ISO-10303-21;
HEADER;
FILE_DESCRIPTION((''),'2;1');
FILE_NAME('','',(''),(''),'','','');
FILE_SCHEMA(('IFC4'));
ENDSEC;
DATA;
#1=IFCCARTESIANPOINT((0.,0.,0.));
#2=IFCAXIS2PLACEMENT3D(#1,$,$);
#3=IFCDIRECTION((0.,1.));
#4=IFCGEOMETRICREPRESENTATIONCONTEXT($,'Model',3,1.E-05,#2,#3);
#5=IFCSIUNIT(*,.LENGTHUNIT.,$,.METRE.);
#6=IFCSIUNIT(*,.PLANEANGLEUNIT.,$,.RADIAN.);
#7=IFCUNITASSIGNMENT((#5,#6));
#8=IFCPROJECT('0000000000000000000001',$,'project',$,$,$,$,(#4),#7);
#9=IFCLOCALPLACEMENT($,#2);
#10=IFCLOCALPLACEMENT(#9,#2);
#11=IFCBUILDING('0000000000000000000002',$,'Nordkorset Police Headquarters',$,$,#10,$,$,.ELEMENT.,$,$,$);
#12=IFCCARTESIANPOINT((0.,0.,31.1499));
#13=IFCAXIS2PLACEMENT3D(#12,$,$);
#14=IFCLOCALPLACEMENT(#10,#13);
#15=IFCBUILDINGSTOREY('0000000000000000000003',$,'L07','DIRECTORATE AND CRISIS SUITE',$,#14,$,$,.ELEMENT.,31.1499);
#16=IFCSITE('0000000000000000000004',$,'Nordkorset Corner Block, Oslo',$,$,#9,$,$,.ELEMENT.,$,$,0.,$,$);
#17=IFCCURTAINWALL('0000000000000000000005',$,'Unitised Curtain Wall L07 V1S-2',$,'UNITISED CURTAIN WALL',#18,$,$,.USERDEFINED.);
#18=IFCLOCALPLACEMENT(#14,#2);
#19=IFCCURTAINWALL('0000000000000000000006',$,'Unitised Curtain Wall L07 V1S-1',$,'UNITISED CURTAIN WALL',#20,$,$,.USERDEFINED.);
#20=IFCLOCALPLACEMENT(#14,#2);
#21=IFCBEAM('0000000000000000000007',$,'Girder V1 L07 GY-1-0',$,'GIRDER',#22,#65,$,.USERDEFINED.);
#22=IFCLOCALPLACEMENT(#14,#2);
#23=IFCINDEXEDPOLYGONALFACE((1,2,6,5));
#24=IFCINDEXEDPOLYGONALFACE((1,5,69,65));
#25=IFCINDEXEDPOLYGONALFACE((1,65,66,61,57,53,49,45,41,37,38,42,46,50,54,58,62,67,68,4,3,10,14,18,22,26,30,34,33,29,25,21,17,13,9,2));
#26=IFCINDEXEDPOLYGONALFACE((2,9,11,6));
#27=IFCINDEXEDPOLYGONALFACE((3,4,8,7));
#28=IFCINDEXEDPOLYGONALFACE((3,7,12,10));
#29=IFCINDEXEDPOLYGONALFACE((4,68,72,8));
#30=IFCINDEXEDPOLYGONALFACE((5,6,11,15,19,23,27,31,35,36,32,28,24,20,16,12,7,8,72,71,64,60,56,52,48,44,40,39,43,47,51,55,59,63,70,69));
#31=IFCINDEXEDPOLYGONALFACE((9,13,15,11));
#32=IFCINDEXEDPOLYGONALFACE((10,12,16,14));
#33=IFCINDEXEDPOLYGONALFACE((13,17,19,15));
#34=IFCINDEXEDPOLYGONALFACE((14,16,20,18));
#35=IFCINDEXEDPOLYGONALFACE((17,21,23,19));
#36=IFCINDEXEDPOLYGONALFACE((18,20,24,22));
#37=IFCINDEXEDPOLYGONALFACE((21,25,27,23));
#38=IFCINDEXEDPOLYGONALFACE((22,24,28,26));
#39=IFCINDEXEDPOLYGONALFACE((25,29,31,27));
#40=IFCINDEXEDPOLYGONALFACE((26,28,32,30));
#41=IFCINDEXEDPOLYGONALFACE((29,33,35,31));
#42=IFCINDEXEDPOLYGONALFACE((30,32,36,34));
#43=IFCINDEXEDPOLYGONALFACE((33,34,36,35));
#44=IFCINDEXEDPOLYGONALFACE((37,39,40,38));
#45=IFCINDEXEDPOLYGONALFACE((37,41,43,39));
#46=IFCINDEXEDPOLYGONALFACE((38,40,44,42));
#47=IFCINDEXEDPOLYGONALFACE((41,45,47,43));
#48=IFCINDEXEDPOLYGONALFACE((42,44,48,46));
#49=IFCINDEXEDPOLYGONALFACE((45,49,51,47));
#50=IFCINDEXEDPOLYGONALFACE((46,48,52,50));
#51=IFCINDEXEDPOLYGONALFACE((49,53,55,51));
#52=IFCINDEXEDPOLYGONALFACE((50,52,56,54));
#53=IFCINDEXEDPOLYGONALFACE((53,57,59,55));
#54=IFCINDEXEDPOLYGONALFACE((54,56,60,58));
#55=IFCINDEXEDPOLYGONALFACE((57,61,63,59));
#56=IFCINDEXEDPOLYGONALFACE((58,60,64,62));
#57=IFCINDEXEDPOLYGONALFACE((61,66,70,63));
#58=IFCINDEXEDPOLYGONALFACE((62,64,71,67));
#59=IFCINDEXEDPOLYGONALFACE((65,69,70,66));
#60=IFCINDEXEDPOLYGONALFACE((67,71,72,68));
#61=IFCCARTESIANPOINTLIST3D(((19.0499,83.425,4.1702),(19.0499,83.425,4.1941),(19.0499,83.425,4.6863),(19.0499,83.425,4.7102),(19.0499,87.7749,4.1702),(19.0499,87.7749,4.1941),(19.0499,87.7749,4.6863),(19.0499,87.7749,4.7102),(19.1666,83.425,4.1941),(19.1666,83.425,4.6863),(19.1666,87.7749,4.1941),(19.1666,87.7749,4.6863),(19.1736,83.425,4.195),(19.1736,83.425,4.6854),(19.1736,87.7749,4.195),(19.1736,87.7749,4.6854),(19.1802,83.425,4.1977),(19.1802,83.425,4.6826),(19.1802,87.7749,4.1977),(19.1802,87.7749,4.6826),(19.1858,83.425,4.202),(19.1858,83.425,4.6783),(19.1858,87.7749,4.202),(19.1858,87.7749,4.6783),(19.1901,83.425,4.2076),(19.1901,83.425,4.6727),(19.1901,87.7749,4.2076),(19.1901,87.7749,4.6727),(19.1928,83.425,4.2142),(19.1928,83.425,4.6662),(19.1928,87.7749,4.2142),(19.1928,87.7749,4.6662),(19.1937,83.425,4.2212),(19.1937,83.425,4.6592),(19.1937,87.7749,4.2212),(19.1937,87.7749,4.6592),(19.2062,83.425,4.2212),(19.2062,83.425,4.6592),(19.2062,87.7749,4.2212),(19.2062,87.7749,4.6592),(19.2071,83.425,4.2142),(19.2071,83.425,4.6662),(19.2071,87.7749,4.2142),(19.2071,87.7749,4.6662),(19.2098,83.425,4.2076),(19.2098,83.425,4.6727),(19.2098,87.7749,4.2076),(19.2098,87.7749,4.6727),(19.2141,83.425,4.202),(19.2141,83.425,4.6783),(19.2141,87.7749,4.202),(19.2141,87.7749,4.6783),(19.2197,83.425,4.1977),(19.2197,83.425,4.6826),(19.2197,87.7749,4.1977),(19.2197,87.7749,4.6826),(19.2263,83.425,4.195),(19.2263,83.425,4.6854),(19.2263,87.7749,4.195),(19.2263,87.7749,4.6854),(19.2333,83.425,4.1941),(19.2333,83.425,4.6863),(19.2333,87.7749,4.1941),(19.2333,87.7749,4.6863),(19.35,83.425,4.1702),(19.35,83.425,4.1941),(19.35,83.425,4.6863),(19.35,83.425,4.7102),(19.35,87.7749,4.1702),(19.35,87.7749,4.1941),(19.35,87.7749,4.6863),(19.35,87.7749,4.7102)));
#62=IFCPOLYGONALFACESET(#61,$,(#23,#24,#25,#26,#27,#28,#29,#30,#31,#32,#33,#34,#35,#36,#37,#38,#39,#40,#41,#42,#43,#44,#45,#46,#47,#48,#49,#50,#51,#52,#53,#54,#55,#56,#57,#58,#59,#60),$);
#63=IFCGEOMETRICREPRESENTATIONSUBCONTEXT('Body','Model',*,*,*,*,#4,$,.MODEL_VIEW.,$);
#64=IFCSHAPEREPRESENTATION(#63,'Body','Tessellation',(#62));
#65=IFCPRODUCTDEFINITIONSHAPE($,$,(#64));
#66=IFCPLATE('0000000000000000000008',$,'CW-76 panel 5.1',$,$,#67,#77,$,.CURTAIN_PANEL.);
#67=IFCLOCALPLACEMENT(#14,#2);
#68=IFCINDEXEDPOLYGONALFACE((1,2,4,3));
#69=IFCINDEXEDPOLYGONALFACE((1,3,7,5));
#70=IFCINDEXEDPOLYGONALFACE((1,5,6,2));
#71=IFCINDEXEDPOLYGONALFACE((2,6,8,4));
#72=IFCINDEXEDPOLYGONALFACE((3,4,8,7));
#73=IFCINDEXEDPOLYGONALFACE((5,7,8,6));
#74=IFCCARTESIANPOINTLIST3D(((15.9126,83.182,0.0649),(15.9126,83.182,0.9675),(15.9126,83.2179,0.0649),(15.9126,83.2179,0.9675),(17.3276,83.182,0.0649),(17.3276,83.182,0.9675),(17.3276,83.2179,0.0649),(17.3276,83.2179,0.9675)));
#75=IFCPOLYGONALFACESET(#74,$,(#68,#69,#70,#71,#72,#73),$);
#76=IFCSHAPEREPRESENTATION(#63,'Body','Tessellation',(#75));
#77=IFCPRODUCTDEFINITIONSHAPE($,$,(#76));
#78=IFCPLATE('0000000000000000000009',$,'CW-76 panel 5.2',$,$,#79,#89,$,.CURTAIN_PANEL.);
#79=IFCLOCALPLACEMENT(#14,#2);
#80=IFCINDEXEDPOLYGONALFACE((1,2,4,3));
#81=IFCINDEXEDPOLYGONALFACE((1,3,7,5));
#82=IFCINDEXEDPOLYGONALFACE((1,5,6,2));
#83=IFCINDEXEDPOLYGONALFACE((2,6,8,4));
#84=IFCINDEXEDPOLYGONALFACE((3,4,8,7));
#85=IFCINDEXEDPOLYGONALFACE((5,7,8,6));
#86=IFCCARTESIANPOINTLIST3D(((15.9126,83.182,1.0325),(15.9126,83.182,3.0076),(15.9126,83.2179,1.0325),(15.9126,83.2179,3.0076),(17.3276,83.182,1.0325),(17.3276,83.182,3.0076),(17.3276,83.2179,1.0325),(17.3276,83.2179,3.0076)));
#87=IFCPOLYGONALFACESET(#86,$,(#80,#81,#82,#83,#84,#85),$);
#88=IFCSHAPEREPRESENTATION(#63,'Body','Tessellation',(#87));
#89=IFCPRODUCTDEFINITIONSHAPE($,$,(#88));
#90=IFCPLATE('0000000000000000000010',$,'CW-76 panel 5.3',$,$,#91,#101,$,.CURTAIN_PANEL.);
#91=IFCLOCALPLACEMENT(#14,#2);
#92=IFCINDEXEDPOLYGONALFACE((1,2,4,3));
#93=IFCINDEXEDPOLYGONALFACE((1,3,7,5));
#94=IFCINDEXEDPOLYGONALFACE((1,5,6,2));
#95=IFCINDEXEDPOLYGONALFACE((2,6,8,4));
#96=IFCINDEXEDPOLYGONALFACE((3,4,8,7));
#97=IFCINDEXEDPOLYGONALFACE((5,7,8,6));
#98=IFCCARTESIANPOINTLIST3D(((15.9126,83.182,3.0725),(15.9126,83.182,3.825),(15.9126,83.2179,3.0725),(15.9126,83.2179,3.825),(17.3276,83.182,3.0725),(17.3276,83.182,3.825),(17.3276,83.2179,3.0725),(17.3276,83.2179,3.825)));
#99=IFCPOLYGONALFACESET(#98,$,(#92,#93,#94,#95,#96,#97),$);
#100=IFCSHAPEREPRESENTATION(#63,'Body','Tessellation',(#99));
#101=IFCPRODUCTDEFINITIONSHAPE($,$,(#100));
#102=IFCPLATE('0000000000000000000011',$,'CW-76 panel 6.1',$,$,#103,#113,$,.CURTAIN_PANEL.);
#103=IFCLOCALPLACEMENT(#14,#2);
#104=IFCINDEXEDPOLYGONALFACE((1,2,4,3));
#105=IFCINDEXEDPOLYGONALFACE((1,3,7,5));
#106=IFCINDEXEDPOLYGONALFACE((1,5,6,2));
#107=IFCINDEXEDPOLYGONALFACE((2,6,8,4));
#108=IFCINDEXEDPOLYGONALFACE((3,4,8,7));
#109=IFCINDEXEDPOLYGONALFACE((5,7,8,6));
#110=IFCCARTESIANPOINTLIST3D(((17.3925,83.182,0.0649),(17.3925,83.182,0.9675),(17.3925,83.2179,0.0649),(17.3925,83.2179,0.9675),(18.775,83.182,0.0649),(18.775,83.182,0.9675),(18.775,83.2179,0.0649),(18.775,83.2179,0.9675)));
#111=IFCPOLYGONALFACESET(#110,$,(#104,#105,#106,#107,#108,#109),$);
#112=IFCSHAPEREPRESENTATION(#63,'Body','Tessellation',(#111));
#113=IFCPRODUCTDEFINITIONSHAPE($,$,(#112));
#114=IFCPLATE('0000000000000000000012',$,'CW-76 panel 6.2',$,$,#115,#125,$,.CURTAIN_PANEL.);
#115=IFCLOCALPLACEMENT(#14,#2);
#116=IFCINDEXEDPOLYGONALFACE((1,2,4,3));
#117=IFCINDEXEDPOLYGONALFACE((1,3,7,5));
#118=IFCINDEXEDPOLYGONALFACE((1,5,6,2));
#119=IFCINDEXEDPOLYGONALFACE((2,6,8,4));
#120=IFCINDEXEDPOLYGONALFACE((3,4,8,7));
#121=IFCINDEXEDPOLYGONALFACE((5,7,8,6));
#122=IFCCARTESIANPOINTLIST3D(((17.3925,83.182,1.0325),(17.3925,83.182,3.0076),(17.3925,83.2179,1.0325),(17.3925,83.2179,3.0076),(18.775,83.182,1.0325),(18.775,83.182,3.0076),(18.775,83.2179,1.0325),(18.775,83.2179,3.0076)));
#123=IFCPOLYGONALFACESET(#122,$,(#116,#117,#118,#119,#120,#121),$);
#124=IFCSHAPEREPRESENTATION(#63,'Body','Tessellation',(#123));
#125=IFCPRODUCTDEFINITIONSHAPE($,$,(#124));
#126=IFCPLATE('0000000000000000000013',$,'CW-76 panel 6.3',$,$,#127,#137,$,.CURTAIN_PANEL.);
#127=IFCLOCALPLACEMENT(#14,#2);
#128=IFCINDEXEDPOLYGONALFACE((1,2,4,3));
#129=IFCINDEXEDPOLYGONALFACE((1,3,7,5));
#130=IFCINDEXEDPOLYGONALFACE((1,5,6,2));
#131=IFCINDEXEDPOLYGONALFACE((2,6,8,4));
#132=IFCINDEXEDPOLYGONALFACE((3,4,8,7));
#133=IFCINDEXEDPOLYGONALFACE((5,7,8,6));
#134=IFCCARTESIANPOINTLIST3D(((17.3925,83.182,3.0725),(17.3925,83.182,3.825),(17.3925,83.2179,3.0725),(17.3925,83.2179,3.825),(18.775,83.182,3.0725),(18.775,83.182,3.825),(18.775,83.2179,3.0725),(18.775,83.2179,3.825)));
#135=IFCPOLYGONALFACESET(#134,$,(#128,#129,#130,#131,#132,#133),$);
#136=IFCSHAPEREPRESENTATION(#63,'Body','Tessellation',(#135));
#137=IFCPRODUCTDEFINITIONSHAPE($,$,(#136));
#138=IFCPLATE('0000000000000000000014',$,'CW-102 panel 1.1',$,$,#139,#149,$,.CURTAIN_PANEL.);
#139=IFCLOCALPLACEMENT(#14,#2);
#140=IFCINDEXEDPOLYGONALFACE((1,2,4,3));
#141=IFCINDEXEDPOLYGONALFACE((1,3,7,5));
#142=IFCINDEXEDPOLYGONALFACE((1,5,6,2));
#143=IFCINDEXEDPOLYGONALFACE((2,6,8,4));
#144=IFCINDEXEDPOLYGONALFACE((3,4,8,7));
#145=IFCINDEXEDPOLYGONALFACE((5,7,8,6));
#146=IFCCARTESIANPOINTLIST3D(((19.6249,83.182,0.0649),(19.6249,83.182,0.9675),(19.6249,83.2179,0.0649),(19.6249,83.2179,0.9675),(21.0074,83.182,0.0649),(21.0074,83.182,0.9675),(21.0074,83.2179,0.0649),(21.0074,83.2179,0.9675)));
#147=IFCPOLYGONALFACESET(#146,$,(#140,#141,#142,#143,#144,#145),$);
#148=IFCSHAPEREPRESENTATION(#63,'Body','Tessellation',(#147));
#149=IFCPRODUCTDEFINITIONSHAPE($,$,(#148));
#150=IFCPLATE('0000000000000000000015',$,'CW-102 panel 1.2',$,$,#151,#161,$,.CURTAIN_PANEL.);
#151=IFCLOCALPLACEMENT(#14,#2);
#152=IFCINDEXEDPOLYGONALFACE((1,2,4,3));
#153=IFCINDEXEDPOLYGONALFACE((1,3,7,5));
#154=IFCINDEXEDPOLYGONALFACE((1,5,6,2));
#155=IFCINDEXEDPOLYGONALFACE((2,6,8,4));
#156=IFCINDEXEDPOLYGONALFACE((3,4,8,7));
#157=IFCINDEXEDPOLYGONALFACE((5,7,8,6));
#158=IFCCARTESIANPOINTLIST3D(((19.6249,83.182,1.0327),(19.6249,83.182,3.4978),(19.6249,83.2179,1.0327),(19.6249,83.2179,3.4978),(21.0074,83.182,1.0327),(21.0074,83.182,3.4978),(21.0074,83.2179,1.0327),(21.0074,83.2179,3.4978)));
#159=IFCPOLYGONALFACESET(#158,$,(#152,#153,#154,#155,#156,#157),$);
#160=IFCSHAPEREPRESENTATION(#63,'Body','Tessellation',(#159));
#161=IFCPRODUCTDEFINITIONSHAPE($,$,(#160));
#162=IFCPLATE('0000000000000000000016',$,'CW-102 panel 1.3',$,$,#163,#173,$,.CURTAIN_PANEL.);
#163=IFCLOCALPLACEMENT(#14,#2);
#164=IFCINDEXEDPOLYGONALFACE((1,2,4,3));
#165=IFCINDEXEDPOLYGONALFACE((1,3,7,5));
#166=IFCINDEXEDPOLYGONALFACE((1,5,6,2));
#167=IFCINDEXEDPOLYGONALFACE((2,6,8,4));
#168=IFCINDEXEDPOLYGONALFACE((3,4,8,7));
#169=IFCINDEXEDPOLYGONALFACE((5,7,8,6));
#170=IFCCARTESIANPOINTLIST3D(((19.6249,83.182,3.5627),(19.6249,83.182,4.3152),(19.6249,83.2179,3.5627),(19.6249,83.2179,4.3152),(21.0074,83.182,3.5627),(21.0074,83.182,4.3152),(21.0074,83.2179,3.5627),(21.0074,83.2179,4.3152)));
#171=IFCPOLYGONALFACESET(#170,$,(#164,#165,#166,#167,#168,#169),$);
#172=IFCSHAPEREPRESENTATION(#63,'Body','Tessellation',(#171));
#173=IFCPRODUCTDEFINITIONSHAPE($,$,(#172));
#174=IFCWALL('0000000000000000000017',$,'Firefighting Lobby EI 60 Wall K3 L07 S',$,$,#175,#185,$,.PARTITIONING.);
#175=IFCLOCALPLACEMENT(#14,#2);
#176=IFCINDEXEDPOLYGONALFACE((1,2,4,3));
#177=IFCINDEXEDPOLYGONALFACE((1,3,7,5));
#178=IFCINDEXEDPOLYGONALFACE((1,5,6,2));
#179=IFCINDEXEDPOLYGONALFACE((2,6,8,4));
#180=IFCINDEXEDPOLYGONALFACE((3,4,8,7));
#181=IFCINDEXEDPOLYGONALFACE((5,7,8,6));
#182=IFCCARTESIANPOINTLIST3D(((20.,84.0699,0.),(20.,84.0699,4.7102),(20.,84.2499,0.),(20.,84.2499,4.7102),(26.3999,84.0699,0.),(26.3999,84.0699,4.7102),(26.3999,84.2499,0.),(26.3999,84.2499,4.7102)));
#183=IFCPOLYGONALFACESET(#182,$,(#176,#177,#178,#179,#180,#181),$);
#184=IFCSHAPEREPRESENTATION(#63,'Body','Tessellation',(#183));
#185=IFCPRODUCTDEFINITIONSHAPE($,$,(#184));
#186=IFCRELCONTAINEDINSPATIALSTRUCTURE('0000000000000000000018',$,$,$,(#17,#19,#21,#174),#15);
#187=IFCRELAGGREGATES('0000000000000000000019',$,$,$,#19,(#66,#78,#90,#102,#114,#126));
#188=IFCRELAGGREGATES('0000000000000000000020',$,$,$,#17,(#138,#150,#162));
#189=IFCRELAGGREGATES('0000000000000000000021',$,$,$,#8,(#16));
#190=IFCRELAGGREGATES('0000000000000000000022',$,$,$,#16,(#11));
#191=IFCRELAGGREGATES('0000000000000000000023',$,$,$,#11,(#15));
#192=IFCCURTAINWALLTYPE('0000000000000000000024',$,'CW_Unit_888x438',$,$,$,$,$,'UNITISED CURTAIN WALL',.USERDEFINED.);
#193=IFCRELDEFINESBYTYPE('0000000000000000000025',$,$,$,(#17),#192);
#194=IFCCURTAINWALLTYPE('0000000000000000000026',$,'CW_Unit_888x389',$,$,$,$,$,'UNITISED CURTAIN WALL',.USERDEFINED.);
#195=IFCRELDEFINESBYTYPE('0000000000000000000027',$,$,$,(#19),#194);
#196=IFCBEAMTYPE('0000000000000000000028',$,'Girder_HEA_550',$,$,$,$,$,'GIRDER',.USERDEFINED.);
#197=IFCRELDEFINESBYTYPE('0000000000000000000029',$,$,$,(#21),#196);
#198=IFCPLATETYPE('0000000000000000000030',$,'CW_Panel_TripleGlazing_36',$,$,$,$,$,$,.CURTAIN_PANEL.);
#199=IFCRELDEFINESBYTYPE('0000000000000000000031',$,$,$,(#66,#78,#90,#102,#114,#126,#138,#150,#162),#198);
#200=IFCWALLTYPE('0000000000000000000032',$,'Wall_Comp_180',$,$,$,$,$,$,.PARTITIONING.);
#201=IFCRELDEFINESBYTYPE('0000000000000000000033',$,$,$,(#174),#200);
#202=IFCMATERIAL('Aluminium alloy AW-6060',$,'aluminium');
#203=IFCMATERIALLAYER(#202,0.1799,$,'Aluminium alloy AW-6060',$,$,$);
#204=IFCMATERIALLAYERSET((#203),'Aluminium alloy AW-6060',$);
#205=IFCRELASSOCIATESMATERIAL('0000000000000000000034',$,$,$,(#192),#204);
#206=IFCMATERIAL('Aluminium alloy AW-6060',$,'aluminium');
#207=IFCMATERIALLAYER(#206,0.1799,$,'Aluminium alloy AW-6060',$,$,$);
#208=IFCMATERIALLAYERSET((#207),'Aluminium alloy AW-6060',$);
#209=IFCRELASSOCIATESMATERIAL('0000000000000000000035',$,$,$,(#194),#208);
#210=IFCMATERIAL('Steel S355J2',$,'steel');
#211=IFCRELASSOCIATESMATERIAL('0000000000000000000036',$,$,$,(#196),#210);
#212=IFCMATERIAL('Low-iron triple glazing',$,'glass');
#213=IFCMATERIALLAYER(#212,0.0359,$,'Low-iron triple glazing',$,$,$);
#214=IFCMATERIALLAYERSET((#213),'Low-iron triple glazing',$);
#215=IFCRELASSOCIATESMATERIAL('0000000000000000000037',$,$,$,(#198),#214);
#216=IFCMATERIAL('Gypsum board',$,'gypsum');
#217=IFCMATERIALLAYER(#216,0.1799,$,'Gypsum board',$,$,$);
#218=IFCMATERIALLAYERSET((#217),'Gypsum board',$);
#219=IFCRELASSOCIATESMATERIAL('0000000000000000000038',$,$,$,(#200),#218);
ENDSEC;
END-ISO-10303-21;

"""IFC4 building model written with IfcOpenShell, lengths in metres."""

from ifc_helpers import new_model, si_unit, direction, frame, frame_2d, origin, origin_2d, place, context, subcontext, project, spatial, rectangle, i_section, extrude, material, layer, layer_set, material_profile, profile_set, type_object, element, aggregate, save


model = new_model("IFC4")

# Units and contexts
model_context = context("Model", 3, precision=1e-05, world=origin(), true_north=direction((0.0, 1.0)))
body_context = subcontext(model_context, "Body", "Model", "MODEL_VIEW")
ifc_project = project(units=[si_unit("LENGTHUNIT", "METRE"), si_unit("PLANEANGLEUNIT", "RADIAN")], contexts=[model_context])

# Site, building, storey
site_placement = place(None, origin())
site = spatial("IfcSite", under=ifc_project, at=site_placement, Name="Nordkorset Corner Block, Oslo", CompositionType="ELEMENT", RefElevation=0.0)
building_placement = place(site_placement, origin())
building = spatial("IfcBuilding", under=site, at=building_placement, Name="Nordkorset Police Headquarters", CompositionType="ELEMENT")
storey_placement = place(building_placement, frame((0.0, 0.0, 31.1499)))
storey = spatial("IfcBuildingStorey", under=building, at=storey_placement, Name="L07", Description="DIRECTORATE AND CRISIS SUITE", CompositionType="ELEMENT", Elevation=31.1499)

# Curtain walls
ifc_material_1 = material(Name="Aluminium alloy AW-6060", Category="aluminium")
ifc_layer_1 = layer(ifc_material_1, 0.1799, Name="Aluminium alloy AW-6060")
ifc_layer_set_1 = layer_set([ifc_layer_1], Name="Aluminium alloy AW-6060")
curtain_wall_type_1 = type_object("IfcCurtainWallType", Name="CW_Unit_888x438", ElementType="UNITISED CURTAIN WALL", PredefinedType="USERDEFINED", material=ifc_layer_set_1)
curtain_wall_1_placement = place(storey_placement, origin())
curtain_wall_1 = element("IfcCurtainWall", 1, at=curtain_wall_1_placement, inside=storey, type_object=curtain_wall_type_1, Name="Unitised Curtain Wall L07 V1S-2", ObjectType="UNITISED CURTAIN WALL", PredefinedType="USERDEFINED")
ifc_material_2 = material(Name="Aluminium alloy AW-6060", Category="aluminium")
ifc_layer_2 = layer(ifc_material_2, 0.1799, Name="Aluminium alloy AW-6060")
ifc_layer_set_2 = layer_set([ifc_layer_2], Name="Aluminium alloy AW-6060")
curtain_wall_type_2 = type_object("IfcCurtainWallType", Name="CW_Unit_888x389", ElementType="UNITISED CURTAIN WALL", PredefinedType="USERDEFINED", material=ifc_layer_set_2)
curtain_wall_2_placement = place(storey_placement, origin())
curtain_wall_2 = element("IfcCurtainWall", 2, at=curtain_wall_2_placement, inside=storey, type_object=curtain_wall_type_2, Name="Unitised Curtain Wall L07 V1S-1", ObjectType="UNITISED CURTAIN WALL", PredefinedType="USERDEFINED")

# Beam
ifc_material_3 = material(Name="Steel S355J2", Category="steel")
ifc_material_profile_1 = material_profile(ifc_material_3, i_section(OverallWidth=0.3, OverallDepth=0.54, WebThickness=0.0125, FlangeThickness=0.0239, FilletRadius=0.0271, at=origin_2d()), Name="HEA 550")
ifc_profile_set_1 = profile_set([ifc_material_profile_1], Name="Steel S355J2")
beam_type = type_object("IfcBeamType", Name="Girder_HEA_550", ElementType="GIRDER", PredefinedType="USERDEFINED", material=ifc_profile_set_1)
beam_placement = place(storey_placement, frame((19.2, 83.425, 4.4402), z_axis=(0.0, 1.0, 0.0), x_axis=(-1.0, 0.0, 0.0)))
element("IfcBeam", 3, at=beam_placement, inside=storey, type_object=beam_type, Name="Girder V1 L07 GY-1-0", ObjectType="GIRDER", PredefinedType="USERDEFINED", context=body_context, shape_type="SweptSolid", body=[
    extrude(i_section(OverallWidth=0.3, OverallDepth=0.54, WebThickness=0.0125, FlangeThickness=0.0239, FilletRadius=0.0271, at=origin_2d()), origin(), (0.0, 0.0, 1.0), 4.3499),
])

# Plates
ifc_material_4 = material(Name="Low-iron triple glazing", Category="glass")
ifc_layer_3 = layer(ifc_material_4, 0.0359, Name="Low-iron triple glazing")
ifc_layer_set_3 = layer_set([ifc_layer_3], Name="Low-iron triple glazing")
plate_type = type_object("IfcPlateType", Name="CW_Panel_TripleGlazing_36", PredefinedType="CURTAIN_PANEL", material=ifc_layer_set_3)
plate_1_placement = place(storey_placement, frame((16.6201, 83.2, 0.0649), z_axis=(0.0, 0.0, 1.0), x_axis=(1.0, 0.0, 0.0)))
plate_1 = element("IfcPlate", 4, at=plate_1_placement, type_object=plate_type, Name="CW-76 panel 5.1", PredefinedType="CURTAIN_PANEL", context=body_context, shape_type="SweptSolid", body=[
    extrude(rectangle(XDim=1.415, YDim=0.0359, at=origin_2d()), origin(), (0.0, 0.0, 1.0), 0.9026),
])
plate_2_placement = place(storey_placement, frame((16.6201, 83.2, 1.0325), z_axis=(0.0, 0.0, 1.0), x_axis=(1.0, 0.0, 0.0)))
plate_2 = element("IfcPlate", 5, at=plate_2_placement, type_object=plate_type, Name="CW-76 panel 5.2", PredefinedType="CURTAIN_PANEL", context=body_context, shape_type="SweptSolid", body=[
    extrude(rectangle(XDim=1.415, YDim=0.0359, at=origin_2d()), origin(), (0.0, 0.0, 1.0), 1.9751),
])
plate_3_placement = place(storey_placement, frame((16.6201, 83.2, 3.0725), z_axis=(0.0, 0.0, 1.0), x_axis=(1.0, 0.0, 0.0)))
plate_3 = element("IfcPlate", 6, at=plate_3_placement, type_object=plate_type, Name="CW-76 panel 5.3", PredefinedType="CURTAIN_PANEL", context=body_context, shape_type="SweptSolid", body=[
    extrude(rectangle(XDim=1.415, YDim=0.0359, at=origin_2d()), origin(), (0.0, 0.0, 1.0), 0.7524),
])
plate_4_placement = place(storey_placement, frame((18.0837, 83.2, 0.0649), z_axis=(0.0, 0.0, 1.0), x_axis=(1.0, 0.0, 0.0)))
plate_4 = element("IfcPlate", 7, at=plate_4_placement, type_object=plate_type, Name="CW-76 panel 6.1", PredefinedType="CURTAIN_PANEL", context=body_context, shape_type="SweptSolid", body=[
    extrude(rectangle(XDim=1.3826, YDim=0.0359, at=origin_2d()), origin(), (0.0, 0.0, 1.0), 0.9026),
])
plate_5_placement = place(storey_placement, frame((18.0837, 83.2, 1.0325), z_axis=(0.0, 0.0, 1.0), x_axis=(1.0, 0.0, 0.0)))
plate_5 = element("IfcPlate", 8, at=plate_5_placement, type_object=plate_type, Name="CW-76 panel 6.2", PredefinedType="CURTAIN_PANEL", context=body_context, shape_type="SweptSolid", body=[
    extrude(rectangle(XDim=1.3826, YDim=0.0359, at=origin_2d()), origin(), (0.0, 0.0, 1.0), 1.9751),
])
plate_6_placement = place(storey_placement, frame((18.0837, 83.2, 3.0725), z_axis=(0.0, 0.0, 1.0), x_axis=(1.0, 0.0, 0.0)))
plate_6 = element("IfcPlate", 9, at=plate_6_placement, type_object=plate_type, Name="CW-76 panel 6.3", PredefinedType="CURTAIN_PANEL", context=body_context, shape_type="SweptSolid", body=[
    extrude(rectangle(XDim=1.3826, YDim=0.0359, at=origin_2d()), origin(), (0.0, 0.0, 1.0), 0.7524),
])
aggregate(curtain_wall_2, [plate_1, plate_2, plate_3, plate_4, plate_5, plate_6])
plate_7_placement = place(storey_placement, frame((20.3162, 83.2, 0.0649), z_axis=(0.0, 0.0, 1.0), x_axis=(1.0, 0.0, 0.0)))
plate_7 = element("IfcPlate", 10, at=plate_7_placement, type_object=plate_type, Name="CW-102 panel 1.1", PredefinedType="CURTAIN_PANEL", context=body_context, shape_type="SweptSolid", body=[
    extrude(rectangle(XDim=1.3826, YDim=0.0359, at=origin_2d()), origin(), (0.0, 0.0, 1.0), 0.9026),
])
plate_8_placement = place(storey_placement, frame((20.3162, 83.2, 1.0327), z_axis=(0.0, 0.0, 1.0), x_axis=(1.0, 0.0, 0.0)))
plate_8 = element("IfcPlate", 11, at=plate_8_placement, type_object=plate_type, Name="CW-102 panel 1.2", PredefinedType="CURTAIN_PANEL", context=body_context, shape_type="SweptSolid", body=[
    extrude(rectangle(XDim=1.3826, YDim=0.0359, at=origin_2d()), origin(), (0.0, 0.0, 1.0), 2.4651),
])
plate_9_placement = place(storey_placement, frame((20.3162, 83.2, 3.5627), z_axis=(0.0, 0.0, 1.0), x_axis=(1.0, 0.0, 0.0)))
plate_9 = element("IfcPlate", 12, at=plate_9_placement, type_object=plate_type, Name="CW-102 panel 1.3", PredefinedType="CURTAIN_PANEL", context=body_context, shape_type="SweptSolid", body=[
    extrude(rectangle(XDim=1.3826, YDim=0.0359, at=origin_2d()), origin(), (0.0, 0.0, 1.0), 0.7524),
])
aggregate(curtain_wall_1, [plate_7, plate_8, plate_9])

# Wall
ifc_material_5 = material(Name="Gypsum board", Category="gypsum")
ifc_layer_4 = layer(ifc_material_5, 0.1799, Name="Gypsum board")
ifc_layer_set_4 = layer_set([ifc_layer_4], Name="Gypsum board")
wall_type = type_object("IfcWallType", Name="Wall_Comp_180", PredefinedType="PARTITIONING", material=ifc_layer_set_4)
wall_1_placement = place(storey_placement, frame((20.0, 84.1599, 0.0), z_axis=(0.0, 0.0, 1.0), x_axis=(1.0, 0.0, 0.0)))
element("IfcWall", 13, at=wall_1_placement, inside=storey, type_object=wall_type, Name="Firefighting Lobby EI 60 Wall K3 L07 S", PredefinedType="PARTITIONING", context=body_context, shape_type="SweptSolid", body=[
    extrude(rectangle(XDim=6.3999, YDim=0.1799, at=frame_2d((3.2, 0.0))), origin(), (0.0, 0.0, 1.0), 4.7102),
])

save(model, "model.ifc")
